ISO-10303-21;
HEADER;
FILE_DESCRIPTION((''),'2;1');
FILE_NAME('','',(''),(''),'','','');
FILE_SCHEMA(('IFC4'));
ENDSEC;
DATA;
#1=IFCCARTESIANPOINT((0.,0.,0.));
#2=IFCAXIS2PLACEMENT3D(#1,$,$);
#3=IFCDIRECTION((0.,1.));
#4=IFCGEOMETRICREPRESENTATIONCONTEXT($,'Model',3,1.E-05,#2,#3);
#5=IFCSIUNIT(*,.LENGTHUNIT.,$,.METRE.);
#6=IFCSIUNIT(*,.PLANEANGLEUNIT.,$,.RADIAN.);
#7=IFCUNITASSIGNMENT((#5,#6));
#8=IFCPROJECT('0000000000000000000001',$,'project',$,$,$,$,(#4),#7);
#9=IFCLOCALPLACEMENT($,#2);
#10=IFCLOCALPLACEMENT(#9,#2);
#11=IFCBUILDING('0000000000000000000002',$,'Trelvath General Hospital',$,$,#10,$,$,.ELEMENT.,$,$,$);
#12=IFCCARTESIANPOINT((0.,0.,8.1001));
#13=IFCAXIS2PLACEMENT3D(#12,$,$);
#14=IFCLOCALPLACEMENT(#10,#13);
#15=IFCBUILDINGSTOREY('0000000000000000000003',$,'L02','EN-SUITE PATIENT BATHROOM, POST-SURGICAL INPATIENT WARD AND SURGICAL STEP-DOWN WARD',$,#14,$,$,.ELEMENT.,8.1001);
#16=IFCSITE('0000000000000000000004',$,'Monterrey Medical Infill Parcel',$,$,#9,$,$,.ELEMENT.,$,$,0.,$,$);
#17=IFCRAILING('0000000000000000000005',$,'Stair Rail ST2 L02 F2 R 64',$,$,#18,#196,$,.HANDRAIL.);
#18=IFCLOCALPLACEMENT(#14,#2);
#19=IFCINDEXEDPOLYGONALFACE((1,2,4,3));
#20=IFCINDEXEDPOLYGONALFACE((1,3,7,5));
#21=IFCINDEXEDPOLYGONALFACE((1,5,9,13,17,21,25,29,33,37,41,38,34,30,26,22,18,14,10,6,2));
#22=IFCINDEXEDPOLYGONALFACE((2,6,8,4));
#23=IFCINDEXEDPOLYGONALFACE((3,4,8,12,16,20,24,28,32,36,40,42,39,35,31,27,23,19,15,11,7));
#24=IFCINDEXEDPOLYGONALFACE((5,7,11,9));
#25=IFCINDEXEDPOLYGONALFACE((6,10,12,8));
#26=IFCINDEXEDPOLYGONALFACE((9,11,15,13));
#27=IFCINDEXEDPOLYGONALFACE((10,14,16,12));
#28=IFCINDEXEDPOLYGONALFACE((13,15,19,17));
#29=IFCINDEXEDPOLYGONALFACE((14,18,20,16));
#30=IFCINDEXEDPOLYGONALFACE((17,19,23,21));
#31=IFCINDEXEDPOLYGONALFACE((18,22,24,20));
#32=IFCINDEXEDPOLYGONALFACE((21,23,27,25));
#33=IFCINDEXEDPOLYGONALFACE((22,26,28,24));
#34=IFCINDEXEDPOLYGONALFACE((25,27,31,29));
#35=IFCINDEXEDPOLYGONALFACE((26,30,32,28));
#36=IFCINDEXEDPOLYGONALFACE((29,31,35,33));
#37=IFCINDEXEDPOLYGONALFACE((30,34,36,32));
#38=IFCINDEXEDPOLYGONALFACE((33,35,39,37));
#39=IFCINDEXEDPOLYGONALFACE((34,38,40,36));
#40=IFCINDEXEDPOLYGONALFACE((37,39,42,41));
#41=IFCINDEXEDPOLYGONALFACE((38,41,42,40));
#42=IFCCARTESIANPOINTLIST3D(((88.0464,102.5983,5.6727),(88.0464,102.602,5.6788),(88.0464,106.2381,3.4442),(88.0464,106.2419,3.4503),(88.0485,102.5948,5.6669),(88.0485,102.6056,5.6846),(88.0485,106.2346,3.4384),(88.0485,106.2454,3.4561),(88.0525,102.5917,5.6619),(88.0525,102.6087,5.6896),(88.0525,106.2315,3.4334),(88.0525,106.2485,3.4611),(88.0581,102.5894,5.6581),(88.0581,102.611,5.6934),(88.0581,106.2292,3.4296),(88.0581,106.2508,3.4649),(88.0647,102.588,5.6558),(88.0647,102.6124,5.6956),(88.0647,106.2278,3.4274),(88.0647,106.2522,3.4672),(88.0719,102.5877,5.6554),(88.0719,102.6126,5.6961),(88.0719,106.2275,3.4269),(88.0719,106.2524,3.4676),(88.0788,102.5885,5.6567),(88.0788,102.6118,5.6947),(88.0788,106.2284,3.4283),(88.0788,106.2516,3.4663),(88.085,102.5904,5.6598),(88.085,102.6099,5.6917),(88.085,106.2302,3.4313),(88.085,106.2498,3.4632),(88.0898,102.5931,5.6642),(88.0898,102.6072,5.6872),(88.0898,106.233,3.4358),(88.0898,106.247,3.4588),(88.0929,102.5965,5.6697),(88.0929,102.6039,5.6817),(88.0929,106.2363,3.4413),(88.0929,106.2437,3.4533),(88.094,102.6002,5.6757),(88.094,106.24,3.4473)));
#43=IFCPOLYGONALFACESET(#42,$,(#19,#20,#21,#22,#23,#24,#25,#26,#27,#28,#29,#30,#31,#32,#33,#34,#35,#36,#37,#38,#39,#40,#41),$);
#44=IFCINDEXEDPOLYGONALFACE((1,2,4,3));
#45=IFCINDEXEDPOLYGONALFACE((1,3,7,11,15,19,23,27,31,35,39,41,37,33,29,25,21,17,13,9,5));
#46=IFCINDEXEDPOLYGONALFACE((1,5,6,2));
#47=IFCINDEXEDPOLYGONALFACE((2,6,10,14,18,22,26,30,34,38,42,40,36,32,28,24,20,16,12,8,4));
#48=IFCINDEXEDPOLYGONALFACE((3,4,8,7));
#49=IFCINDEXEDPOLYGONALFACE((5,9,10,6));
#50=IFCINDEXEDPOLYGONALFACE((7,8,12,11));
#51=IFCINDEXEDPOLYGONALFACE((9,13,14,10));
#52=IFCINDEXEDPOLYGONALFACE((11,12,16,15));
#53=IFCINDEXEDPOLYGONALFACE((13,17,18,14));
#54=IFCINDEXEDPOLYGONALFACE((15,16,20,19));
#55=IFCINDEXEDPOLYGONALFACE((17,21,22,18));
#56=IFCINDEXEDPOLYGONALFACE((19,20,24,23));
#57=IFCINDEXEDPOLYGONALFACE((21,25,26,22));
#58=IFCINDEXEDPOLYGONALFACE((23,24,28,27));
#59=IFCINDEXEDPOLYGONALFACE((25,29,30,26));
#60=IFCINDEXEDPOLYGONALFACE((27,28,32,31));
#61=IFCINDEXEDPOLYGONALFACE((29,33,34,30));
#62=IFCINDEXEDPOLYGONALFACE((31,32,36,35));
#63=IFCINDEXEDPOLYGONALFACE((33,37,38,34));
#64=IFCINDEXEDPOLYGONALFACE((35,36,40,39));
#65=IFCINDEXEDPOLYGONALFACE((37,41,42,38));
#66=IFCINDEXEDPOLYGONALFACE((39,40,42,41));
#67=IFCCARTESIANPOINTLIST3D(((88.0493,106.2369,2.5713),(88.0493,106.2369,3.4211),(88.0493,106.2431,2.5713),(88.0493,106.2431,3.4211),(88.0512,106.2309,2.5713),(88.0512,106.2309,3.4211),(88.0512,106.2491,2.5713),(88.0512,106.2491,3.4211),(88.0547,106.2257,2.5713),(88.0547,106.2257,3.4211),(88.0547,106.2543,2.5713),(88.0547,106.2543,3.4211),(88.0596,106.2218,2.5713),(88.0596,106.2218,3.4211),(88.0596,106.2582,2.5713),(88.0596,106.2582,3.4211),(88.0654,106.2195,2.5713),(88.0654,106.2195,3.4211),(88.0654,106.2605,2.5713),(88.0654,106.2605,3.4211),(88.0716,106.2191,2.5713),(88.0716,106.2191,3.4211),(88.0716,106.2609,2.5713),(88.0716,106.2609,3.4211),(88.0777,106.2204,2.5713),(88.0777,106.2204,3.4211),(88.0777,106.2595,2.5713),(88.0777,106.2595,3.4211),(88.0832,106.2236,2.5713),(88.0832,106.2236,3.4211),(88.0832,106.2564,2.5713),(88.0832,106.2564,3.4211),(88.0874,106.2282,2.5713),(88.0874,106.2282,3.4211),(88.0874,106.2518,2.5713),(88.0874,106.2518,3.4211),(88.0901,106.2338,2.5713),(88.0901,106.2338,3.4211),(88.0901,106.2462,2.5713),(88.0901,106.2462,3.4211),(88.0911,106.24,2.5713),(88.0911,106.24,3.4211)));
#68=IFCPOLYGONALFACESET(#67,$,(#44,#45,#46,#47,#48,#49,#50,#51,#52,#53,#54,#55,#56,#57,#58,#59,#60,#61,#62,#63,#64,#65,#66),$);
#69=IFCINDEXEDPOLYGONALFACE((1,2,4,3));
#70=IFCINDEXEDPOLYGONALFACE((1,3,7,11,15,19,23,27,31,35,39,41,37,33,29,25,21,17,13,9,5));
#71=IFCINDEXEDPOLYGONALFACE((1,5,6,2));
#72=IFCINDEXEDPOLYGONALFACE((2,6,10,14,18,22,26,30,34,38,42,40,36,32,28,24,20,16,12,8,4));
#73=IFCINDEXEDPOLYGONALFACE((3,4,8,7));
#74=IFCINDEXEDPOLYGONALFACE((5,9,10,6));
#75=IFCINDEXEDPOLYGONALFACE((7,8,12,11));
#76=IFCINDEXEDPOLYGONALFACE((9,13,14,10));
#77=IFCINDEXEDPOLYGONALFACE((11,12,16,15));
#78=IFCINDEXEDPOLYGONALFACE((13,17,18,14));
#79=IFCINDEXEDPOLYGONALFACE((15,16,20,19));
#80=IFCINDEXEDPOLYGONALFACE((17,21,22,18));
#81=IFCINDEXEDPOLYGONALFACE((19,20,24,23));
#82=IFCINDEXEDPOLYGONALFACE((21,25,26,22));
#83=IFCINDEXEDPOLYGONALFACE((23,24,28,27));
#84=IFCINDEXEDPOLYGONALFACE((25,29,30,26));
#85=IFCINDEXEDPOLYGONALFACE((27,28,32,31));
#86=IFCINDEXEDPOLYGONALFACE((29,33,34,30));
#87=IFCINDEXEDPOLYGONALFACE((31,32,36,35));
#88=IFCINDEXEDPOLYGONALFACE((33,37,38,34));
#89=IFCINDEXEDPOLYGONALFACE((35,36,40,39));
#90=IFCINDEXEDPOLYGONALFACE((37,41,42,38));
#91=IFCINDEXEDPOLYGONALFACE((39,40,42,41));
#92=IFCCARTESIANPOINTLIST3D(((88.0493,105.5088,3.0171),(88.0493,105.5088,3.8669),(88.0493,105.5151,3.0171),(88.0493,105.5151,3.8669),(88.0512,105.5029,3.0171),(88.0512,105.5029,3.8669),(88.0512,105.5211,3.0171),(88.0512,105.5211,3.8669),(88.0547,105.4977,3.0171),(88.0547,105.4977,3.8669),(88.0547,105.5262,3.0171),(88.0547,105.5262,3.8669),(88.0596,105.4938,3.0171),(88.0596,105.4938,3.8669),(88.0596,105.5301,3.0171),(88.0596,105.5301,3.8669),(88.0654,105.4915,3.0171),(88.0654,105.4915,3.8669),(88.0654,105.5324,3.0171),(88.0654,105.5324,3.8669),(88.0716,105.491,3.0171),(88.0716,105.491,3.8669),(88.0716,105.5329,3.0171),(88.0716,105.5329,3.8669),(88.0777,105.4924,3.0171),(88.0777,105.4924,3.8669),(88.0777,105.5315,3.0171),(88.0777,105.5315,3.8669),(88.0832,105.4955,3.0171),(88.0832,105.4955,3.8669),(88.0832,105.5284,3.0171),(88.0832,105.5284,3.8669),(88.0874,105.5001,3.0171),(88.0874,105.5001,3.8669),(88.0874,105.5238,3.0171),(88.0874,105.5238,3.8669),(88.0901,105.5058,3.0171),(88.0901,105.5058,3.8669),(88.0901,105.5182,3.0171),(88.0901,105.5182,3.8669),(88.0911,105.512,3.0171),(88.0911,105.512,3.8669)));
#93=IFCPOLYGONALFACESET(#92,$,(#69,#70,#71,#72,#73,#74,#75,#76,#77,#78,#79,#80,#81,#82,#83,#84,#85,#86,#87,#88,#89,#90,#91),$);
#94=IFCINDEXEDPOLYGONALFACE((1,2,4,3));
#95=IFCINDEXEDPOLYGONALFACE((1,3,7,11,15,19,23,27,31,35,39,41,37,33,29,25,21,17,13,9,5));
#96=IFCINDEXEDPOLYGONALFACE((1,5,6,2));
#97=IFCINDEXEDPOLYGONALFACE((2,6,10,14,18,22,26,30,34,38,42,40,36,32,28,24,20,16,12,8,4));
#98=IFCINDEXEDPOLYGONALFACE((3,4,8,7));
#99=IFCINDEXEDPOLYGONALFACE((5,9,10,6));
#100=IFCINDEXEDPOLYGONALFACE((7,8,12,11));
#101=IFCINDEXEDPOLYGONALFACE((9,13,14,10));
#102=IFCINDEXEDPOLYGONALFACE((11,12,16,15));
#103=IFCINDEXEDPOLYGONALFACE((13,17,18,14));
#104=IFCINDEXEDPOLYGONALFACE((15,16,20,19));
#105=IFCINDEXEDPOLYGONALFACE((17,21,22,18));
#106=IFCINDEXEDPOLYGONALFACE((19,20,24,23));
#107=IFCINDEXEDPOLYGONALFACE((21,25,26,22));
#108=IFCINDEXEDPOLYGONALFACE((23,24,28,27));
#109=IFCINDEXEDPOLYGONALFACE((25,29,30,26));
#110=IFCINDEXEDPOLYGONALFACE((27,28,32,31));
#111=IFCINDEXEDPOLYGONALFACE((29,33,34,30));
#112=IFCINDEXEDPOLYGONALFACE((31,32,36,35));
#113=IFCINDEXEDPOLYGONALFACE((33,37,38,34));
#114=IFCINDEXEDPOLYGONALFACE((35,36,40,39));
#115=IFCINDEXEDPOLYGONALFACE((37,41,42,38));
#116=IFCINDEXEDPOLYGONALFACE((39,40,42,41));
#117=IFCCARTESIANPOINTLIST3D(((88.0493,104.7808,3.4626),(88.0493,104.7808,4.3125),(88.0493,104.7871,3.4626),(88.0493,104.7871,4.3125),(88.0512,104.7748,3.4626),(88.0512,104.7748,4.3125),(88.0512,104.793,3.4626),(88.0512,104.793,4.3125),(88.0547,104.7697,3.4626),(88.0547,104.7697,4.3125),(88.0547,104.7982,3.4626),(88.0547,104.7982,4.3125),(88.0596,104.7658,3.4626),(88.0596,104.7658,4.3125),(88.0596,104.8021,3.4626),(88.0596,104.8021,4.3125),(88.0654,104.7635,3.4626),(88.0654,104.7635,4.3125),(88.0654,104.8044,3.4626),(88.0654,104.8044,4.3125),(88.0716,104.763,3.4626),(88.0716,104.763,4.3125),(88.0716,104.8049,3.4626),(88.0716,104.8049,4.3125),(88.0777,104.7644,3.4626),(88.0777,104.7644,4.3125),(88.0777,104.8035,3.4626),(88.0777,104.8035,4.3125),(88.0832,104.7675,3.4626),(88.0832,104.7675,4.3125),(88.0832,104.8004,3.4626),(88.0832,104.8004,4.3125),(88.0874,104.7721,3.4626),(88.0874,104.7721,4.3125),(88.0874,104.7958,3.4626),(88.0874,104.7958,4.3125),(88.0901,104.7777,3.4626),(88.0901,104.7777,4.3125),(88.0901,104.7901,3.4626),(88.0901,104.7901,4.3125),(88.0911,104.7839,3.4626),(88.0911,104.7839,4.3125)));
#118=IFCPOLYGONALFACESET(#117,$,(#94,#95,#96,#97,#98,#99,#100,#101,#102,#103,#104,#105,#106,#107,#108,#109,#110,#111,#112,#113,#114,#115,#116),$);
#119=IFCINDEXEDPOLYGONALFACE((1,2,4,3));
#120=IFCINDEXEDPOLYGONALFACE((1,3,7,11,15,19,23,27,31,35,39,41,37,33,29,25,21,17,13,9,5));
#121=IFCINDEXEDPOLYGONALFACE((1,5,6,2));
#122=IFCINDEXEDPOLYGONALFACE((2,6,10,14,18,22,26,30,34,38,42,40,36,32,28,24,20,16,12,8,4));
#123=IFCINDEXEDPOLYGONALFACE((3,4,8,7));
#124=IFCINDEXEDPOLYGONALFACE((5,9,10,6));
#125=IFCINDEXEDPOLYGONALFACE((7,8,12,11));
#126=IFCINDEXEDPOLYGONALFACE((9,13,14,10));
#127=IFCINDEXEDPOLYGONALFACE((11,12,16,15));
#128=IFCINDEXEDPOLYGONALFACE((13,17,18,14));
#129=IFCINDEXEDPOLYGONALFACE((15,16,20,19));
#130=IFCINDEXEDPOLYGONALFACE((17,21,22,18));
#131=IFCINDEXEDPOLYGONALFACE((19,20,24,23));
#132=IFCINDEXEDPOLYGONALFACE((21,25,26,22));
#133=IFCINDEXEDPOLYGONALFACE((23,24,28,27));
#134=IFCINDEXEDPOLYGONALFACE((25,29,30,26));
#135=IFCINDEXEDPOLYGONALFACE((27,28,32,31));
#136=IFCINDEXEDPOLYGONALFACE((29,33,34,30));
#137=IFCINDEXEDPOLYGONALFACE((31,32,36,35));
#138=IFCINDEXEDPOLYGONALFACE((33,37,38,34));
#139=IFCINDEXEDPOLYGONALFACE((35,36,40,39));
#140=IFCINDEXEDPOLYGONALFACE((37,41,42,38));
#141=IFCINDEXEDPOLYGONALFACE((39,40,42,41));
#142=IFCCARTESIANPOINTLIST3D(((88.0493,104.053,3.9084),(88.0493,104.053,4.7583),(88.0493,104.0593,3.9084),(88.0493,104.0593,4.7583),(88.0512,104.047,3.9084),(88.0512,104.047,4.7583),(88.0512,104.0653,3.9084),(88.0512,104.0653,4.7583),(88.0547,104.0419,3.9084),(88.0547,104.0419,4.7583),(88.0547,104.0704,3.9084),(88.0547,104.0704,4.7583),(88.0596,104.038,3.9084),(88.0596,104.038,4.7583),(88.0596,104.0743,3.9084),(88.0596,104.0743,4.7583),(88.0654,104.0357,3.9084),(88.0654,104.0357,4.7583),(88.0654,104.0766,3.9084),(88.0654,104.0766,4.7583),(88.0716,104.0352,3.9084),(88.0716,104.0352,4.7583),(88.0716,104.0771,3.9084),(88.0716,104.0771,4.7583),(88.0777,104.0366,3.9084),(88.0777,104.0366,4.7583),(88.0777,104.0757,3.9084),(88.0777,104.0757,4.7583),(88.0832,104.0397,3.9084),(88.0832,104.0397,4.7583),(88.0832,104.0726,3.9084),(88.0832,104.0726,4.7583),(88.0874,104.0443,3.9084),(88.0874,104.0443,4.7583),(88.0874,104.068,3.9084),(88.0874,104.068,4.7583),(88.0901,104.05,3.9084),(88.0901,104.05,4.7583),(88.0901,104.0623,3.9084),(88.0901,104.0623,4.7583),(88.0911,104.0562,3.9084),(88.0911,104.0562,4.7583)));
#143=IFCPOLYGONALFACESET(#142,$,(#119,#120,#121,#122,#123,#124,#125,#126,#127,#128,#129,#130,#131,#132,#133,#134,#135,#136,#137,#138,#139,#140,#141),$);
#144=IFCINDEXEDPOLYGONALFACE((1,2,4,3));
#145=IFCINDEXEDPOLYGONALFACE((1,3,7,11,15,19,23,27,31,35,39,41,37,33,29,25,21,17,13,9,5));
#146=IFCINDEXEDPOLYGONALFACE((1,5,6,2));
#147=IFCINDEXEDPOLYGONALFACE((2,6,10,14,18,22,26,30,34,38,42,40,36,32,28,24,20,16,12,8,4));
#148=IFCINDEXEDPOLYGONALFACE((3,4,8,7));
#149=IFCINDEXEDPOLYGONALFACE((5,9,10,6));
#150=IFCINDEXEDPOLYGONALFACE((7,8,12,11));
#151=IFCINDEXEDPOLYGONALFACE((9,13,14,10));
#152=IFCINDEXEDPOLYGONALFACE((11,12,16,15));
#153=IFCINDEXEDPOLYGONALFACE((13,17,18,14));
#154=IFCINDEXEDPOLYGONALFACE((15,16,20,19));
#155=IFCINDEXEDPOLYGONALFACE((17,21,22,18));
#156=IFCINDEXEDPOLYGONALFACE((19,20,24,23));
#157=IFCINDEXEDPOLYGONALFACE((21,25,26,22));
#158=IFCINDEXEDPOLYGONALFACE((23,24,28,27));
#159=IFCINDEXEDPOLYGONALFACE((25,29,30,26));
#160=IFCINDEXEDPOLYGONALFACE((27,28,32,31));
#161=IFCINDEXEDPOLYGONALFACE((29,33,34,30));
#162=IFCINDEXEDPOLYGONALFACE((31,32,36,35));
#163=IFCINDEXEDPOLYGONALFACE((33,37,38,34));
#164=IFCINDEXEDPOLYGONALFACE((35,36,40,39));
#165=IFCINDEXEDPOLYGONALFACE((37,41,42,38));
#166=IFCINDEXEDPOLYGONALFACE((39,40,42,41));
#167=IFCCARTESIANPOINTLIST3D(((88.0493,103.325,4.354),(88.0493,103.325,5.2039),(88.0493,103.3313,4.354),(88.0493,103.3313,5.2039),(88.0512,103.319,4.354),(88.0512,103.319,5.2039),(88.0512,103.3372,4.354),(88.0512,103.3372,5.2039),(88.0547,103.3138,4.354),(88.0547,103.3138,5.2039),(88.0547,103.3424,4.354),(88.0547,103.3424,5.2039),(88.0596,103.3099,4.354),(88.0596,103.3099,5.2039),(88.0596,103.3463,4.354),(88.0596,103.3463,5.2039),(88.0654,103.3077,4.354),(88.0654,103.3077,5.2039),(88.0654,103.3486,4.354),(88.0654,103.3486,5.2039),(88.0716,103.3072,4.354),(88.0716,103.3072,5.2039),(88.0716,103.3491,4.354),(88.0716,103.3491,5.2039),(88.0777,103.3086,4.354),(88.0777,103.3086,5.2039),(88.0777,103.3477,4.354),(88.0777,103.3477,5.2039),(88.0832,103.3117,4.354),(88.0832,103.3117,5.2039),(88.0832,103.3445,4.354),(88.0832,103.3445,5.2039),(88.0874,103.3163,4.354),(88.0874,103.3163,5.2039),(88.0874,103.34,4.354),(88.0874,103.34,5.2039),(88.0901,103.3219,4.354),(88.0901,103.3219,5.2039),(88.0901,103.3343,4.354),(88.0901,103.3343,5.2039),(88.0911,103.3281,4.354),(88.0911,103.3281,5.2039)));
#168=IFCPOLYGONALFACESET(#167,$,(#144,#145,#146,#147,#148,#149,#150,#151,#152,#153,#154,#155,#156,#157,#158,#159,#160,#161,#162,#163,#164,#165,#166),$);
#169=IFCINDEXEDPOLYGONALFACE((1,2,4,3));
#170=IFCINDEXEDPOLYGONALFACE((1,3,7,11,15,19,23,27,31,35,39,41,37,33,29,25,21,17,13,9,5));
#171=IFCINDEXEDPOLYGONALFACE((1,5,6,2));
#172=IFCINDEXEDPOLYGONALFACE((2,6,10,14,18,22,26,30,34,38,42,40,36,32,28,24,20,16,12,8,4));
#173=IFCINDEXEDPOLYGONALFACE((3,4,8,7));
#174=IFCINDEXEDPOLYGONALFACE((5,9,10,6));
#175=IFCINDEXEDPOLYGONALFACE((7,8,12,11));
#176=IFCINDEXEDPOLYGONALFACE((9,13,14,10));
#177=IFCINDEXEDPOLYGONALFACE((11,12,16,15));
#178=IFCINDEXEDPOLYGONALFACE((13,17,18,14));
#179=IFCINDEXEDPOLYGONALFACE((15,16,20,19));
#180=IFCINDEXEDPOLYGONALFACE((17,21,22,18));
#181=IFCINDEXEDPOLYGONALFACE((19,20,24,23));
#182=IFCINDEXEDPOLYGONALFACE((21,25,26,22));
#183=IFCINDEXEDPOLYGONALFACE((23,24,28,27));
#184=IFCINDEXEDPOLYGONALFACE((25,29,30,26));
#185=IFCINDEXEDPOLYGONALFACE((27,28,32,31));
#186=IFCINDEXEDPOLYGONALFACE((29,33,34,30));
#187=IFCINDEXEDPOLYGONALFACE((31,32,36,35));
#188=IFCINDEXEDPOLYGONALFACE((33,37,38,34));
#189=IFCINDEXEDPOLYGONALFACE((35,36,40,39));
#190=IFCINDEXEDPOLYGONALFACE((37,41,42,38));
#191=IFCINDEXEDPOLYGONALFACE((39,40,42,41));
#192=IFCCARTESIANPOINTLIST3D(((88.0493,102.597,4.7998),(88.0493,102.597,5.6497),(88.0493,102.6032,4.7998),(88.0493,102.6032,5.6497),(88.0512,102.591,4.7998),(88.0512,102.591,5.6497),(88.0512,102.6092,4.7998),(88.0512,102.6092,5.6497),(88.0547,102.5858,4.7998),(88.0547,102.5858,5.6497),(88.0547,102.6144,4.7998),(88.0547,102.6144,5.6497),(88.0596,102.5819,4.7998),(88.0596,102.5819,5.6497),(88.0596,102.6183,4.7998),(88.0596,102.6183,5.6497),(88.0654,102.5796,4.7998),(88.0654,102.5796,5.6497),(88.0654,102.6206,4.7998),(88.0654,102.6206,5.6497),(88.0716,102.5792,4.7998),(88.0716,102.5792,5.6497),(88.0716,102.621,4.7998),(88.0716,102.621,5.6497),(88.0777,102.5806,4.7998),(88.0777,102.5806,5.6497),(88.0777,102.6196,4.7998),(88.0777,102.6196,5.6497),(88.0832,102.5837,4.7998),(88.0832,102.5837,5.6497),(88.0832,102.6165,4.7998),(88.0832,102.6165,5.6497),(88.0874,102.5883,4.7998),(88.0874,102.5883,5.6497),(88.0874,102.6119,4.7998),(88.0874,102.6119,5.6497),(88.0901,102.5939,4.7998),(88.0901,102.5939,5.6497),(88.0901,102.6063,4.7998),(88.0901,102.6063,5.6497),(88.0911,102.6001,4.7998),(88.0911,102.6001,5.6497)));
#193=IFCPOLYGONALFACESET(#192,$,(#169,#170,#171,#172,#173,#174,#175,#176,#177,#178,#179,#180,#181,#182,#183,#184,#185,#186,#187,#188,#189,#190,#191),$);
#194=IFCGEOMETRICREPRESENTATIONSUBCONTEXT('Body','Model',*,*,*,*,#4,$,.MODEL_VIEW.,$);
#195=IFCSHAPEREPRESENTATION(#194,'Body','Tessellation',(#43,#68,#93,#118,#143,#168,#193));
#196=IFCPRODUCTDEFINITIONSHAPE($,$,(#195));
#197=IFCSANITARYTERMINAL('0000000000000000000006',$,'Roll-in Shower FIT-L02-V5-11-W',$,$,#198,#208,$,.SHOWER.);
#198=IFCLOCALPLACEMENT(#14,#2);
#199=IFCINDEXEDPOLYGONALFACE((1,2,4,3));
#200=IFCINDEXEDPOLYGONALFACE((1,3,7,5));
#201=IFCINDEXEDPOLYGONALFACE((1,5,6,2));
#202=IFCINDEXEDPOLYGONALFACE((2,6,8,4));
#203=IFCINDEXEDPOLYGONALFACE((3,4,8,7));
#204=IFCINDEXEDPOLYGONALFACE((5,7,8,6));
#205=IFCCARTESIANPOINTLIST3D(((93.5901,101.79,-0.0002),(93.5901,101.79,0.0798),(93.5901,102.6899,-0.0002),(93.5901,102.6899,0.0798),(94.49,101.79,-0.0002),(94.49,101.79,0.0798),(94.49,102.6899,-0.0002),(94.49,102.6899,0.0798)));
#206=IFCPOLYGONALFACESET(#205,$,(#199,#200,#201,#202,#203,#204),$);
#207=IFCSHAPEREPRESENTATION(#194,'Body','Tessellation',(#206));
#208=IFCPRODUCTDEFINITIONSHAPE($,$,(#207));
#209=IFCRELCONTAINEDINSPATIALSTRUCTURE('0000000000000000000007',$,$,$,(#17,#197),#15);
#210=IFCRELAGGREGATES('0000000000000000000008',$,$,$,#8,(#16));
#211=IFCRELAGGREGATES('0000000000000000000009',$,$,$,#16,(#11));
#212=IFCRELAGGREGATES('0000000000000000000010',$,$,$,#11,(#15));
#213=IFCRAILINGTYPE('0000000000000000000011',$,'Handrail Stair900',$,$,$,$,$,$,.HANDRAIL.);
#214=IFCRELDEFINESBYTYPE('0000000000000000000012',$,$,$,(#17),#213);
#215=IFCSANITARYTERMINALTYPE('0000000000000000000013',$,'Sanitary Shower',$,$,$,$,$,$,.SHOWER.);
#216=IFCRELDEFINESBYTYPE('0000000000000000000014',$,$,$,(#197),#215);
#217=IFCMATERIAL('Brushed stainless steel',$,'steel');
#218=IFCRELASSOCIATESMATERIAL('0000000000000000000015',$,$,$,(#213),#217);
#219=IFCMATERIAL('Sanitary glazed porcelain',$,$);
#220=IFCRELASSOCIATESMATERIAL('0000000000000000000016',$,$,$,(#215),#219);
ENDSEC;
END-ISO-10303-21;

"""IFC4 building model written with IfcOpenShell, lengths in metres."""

from ifc_helpers import new_model, si_unit, direction, frame, origin, origin_2d, place, context, subcontext, project, spatial, rectangle, circle, extrude, material, type_object, element, save


model = new_model("IFC4")

# Units and contexts
model_context = context("Model", 3, precision=1e-05, world=origin(), true_north=direction((0.0, 1.0)))
body_context = subcontext(model_context, "Body", "Model", "MODEL_VIEW")
ifc_project = project(units=[si_unit("LENGTHUNIT", "METRE"), si_unit("PLANEANGLEUNIT", "RADIAN")], contexts=[model_context])

# Site, building, storey
site_placement = place(None, origin())
site = spatial("IfcSite", under=ifc_project, at=site_placement, Name="Monterrey Medical Infill Parcel", CompositionType="ELEMENT", RefElevation=0.0)
building_placement = place(site_placement, origin())
building = spatial("IfcBuilding", under=site, at=building_placement, Name="Trelvath General Hospital", CompositionType="ELEMENT")
storey_placement = place(building_placement, frame((0.0, 0.0, 8.1001)))
storey = spatial("IfcBuildingStorey", under=building, at=storey_placement, Name="L02", Description="EN-SUITE PATIENT BATHROOM, POST-SURGICAL INPATIENT WARD AND SURGICAL STEP-DOWN WARD", CompositionType="ELEMENT", Elevation=8.1001)

# Railing
ifc_material_1 = material(Name="Brushed stainless steel", Category="steel")
railing_type = type_object("IfcRailingType", Name="Handrail Stair900", PredefinedType="HANDRAIL", material=ifc_material_1)
railing_placement = place(storey_placement, frame((88.0701, 106.24, 2.5713)))
element("IfcRailing", 1, at=railing_placement, inside=storey, type_object=railing_type, Name="Stair Rail ST2 L02 F2 R 64", PredefinedType="HANDRAIL", context=body_context, shape_type="SweptSolid", body=[
    extrude(circle(Radius=0.0239, at=origin_2d()), frame((0.0, 0.0, 0.876), z_axis=(0.0, -0.85285, 0.522156), x_axis=(1.0, 0.0, 0.0)), (0.0, 0.0, 1.0), 4.2678),
    extrude(circle(Radius=0.021, at=origin_2d()), origin(), (0.0, 0.0, 1.0), 0.8499),
    extrude(circle(Radius=0.021, at=origin_2d()), frame((0.0, -0.728, 0.4458)), (0.0, 0.0, 1.0), 0.8499),
    extrude(circle(Radius=0.021, at=origin_2d()), frame((0.0, -1.4561, 0.8914)), (0.0, 0.0, 1.0), 0.8499),
    extrude(circle(Radius=0.021, at=origin_2d()), frame((0.0, -2.1838, 1.3372)), (0.0, 0.0, 1.0), 0.8499),
    extrude(circle(Radius=0.021, at=origin_2d()), frame((0.0, -2.9119, 1.7827)), (0.0, 0.0, 1.0), 0.8499),
    extrude(circle(Radius=0.021, at=origin_2d()), frame((0.0, -3.6399, 2.2285)), (0.0, 0.0, 1.0), 0.8499),
])

# Sanitary terminal
ifc_material_2 = material(Name="Sanitary glazed porcelain")
sanitary_terminal_type_1 = type_object("IfcSanitaryTerminalType", Name="Sanitary Shower", PredefinedType="SHOWER", material=ifc_material_2)
sanitary_terminal_1_placement = place(storey_placement, frame((94.04, 102.24, -0.0002), z_axis=(0.0, 0.0, 1.0), x_axis=(1.0, 0.0, 0.0)))
element("IfcSanitaryTerminal", 2, at=sanitary_terminal_1_placement, inside=storey, type_object=sanitary_terminal_type_1, Name="Roll-in Shower FIT-L02-V5-11-W", PredefinedType="SHOWER", context=body_context, shape_type="SweptSolid", body=[
    extrude(rectangle(XDim=0.8999, YDim=0.8999, at=origin_2d()), origin(), (0.0, 0.0, 1.0), 0.0801),
])

save(model, "model.ifc")
